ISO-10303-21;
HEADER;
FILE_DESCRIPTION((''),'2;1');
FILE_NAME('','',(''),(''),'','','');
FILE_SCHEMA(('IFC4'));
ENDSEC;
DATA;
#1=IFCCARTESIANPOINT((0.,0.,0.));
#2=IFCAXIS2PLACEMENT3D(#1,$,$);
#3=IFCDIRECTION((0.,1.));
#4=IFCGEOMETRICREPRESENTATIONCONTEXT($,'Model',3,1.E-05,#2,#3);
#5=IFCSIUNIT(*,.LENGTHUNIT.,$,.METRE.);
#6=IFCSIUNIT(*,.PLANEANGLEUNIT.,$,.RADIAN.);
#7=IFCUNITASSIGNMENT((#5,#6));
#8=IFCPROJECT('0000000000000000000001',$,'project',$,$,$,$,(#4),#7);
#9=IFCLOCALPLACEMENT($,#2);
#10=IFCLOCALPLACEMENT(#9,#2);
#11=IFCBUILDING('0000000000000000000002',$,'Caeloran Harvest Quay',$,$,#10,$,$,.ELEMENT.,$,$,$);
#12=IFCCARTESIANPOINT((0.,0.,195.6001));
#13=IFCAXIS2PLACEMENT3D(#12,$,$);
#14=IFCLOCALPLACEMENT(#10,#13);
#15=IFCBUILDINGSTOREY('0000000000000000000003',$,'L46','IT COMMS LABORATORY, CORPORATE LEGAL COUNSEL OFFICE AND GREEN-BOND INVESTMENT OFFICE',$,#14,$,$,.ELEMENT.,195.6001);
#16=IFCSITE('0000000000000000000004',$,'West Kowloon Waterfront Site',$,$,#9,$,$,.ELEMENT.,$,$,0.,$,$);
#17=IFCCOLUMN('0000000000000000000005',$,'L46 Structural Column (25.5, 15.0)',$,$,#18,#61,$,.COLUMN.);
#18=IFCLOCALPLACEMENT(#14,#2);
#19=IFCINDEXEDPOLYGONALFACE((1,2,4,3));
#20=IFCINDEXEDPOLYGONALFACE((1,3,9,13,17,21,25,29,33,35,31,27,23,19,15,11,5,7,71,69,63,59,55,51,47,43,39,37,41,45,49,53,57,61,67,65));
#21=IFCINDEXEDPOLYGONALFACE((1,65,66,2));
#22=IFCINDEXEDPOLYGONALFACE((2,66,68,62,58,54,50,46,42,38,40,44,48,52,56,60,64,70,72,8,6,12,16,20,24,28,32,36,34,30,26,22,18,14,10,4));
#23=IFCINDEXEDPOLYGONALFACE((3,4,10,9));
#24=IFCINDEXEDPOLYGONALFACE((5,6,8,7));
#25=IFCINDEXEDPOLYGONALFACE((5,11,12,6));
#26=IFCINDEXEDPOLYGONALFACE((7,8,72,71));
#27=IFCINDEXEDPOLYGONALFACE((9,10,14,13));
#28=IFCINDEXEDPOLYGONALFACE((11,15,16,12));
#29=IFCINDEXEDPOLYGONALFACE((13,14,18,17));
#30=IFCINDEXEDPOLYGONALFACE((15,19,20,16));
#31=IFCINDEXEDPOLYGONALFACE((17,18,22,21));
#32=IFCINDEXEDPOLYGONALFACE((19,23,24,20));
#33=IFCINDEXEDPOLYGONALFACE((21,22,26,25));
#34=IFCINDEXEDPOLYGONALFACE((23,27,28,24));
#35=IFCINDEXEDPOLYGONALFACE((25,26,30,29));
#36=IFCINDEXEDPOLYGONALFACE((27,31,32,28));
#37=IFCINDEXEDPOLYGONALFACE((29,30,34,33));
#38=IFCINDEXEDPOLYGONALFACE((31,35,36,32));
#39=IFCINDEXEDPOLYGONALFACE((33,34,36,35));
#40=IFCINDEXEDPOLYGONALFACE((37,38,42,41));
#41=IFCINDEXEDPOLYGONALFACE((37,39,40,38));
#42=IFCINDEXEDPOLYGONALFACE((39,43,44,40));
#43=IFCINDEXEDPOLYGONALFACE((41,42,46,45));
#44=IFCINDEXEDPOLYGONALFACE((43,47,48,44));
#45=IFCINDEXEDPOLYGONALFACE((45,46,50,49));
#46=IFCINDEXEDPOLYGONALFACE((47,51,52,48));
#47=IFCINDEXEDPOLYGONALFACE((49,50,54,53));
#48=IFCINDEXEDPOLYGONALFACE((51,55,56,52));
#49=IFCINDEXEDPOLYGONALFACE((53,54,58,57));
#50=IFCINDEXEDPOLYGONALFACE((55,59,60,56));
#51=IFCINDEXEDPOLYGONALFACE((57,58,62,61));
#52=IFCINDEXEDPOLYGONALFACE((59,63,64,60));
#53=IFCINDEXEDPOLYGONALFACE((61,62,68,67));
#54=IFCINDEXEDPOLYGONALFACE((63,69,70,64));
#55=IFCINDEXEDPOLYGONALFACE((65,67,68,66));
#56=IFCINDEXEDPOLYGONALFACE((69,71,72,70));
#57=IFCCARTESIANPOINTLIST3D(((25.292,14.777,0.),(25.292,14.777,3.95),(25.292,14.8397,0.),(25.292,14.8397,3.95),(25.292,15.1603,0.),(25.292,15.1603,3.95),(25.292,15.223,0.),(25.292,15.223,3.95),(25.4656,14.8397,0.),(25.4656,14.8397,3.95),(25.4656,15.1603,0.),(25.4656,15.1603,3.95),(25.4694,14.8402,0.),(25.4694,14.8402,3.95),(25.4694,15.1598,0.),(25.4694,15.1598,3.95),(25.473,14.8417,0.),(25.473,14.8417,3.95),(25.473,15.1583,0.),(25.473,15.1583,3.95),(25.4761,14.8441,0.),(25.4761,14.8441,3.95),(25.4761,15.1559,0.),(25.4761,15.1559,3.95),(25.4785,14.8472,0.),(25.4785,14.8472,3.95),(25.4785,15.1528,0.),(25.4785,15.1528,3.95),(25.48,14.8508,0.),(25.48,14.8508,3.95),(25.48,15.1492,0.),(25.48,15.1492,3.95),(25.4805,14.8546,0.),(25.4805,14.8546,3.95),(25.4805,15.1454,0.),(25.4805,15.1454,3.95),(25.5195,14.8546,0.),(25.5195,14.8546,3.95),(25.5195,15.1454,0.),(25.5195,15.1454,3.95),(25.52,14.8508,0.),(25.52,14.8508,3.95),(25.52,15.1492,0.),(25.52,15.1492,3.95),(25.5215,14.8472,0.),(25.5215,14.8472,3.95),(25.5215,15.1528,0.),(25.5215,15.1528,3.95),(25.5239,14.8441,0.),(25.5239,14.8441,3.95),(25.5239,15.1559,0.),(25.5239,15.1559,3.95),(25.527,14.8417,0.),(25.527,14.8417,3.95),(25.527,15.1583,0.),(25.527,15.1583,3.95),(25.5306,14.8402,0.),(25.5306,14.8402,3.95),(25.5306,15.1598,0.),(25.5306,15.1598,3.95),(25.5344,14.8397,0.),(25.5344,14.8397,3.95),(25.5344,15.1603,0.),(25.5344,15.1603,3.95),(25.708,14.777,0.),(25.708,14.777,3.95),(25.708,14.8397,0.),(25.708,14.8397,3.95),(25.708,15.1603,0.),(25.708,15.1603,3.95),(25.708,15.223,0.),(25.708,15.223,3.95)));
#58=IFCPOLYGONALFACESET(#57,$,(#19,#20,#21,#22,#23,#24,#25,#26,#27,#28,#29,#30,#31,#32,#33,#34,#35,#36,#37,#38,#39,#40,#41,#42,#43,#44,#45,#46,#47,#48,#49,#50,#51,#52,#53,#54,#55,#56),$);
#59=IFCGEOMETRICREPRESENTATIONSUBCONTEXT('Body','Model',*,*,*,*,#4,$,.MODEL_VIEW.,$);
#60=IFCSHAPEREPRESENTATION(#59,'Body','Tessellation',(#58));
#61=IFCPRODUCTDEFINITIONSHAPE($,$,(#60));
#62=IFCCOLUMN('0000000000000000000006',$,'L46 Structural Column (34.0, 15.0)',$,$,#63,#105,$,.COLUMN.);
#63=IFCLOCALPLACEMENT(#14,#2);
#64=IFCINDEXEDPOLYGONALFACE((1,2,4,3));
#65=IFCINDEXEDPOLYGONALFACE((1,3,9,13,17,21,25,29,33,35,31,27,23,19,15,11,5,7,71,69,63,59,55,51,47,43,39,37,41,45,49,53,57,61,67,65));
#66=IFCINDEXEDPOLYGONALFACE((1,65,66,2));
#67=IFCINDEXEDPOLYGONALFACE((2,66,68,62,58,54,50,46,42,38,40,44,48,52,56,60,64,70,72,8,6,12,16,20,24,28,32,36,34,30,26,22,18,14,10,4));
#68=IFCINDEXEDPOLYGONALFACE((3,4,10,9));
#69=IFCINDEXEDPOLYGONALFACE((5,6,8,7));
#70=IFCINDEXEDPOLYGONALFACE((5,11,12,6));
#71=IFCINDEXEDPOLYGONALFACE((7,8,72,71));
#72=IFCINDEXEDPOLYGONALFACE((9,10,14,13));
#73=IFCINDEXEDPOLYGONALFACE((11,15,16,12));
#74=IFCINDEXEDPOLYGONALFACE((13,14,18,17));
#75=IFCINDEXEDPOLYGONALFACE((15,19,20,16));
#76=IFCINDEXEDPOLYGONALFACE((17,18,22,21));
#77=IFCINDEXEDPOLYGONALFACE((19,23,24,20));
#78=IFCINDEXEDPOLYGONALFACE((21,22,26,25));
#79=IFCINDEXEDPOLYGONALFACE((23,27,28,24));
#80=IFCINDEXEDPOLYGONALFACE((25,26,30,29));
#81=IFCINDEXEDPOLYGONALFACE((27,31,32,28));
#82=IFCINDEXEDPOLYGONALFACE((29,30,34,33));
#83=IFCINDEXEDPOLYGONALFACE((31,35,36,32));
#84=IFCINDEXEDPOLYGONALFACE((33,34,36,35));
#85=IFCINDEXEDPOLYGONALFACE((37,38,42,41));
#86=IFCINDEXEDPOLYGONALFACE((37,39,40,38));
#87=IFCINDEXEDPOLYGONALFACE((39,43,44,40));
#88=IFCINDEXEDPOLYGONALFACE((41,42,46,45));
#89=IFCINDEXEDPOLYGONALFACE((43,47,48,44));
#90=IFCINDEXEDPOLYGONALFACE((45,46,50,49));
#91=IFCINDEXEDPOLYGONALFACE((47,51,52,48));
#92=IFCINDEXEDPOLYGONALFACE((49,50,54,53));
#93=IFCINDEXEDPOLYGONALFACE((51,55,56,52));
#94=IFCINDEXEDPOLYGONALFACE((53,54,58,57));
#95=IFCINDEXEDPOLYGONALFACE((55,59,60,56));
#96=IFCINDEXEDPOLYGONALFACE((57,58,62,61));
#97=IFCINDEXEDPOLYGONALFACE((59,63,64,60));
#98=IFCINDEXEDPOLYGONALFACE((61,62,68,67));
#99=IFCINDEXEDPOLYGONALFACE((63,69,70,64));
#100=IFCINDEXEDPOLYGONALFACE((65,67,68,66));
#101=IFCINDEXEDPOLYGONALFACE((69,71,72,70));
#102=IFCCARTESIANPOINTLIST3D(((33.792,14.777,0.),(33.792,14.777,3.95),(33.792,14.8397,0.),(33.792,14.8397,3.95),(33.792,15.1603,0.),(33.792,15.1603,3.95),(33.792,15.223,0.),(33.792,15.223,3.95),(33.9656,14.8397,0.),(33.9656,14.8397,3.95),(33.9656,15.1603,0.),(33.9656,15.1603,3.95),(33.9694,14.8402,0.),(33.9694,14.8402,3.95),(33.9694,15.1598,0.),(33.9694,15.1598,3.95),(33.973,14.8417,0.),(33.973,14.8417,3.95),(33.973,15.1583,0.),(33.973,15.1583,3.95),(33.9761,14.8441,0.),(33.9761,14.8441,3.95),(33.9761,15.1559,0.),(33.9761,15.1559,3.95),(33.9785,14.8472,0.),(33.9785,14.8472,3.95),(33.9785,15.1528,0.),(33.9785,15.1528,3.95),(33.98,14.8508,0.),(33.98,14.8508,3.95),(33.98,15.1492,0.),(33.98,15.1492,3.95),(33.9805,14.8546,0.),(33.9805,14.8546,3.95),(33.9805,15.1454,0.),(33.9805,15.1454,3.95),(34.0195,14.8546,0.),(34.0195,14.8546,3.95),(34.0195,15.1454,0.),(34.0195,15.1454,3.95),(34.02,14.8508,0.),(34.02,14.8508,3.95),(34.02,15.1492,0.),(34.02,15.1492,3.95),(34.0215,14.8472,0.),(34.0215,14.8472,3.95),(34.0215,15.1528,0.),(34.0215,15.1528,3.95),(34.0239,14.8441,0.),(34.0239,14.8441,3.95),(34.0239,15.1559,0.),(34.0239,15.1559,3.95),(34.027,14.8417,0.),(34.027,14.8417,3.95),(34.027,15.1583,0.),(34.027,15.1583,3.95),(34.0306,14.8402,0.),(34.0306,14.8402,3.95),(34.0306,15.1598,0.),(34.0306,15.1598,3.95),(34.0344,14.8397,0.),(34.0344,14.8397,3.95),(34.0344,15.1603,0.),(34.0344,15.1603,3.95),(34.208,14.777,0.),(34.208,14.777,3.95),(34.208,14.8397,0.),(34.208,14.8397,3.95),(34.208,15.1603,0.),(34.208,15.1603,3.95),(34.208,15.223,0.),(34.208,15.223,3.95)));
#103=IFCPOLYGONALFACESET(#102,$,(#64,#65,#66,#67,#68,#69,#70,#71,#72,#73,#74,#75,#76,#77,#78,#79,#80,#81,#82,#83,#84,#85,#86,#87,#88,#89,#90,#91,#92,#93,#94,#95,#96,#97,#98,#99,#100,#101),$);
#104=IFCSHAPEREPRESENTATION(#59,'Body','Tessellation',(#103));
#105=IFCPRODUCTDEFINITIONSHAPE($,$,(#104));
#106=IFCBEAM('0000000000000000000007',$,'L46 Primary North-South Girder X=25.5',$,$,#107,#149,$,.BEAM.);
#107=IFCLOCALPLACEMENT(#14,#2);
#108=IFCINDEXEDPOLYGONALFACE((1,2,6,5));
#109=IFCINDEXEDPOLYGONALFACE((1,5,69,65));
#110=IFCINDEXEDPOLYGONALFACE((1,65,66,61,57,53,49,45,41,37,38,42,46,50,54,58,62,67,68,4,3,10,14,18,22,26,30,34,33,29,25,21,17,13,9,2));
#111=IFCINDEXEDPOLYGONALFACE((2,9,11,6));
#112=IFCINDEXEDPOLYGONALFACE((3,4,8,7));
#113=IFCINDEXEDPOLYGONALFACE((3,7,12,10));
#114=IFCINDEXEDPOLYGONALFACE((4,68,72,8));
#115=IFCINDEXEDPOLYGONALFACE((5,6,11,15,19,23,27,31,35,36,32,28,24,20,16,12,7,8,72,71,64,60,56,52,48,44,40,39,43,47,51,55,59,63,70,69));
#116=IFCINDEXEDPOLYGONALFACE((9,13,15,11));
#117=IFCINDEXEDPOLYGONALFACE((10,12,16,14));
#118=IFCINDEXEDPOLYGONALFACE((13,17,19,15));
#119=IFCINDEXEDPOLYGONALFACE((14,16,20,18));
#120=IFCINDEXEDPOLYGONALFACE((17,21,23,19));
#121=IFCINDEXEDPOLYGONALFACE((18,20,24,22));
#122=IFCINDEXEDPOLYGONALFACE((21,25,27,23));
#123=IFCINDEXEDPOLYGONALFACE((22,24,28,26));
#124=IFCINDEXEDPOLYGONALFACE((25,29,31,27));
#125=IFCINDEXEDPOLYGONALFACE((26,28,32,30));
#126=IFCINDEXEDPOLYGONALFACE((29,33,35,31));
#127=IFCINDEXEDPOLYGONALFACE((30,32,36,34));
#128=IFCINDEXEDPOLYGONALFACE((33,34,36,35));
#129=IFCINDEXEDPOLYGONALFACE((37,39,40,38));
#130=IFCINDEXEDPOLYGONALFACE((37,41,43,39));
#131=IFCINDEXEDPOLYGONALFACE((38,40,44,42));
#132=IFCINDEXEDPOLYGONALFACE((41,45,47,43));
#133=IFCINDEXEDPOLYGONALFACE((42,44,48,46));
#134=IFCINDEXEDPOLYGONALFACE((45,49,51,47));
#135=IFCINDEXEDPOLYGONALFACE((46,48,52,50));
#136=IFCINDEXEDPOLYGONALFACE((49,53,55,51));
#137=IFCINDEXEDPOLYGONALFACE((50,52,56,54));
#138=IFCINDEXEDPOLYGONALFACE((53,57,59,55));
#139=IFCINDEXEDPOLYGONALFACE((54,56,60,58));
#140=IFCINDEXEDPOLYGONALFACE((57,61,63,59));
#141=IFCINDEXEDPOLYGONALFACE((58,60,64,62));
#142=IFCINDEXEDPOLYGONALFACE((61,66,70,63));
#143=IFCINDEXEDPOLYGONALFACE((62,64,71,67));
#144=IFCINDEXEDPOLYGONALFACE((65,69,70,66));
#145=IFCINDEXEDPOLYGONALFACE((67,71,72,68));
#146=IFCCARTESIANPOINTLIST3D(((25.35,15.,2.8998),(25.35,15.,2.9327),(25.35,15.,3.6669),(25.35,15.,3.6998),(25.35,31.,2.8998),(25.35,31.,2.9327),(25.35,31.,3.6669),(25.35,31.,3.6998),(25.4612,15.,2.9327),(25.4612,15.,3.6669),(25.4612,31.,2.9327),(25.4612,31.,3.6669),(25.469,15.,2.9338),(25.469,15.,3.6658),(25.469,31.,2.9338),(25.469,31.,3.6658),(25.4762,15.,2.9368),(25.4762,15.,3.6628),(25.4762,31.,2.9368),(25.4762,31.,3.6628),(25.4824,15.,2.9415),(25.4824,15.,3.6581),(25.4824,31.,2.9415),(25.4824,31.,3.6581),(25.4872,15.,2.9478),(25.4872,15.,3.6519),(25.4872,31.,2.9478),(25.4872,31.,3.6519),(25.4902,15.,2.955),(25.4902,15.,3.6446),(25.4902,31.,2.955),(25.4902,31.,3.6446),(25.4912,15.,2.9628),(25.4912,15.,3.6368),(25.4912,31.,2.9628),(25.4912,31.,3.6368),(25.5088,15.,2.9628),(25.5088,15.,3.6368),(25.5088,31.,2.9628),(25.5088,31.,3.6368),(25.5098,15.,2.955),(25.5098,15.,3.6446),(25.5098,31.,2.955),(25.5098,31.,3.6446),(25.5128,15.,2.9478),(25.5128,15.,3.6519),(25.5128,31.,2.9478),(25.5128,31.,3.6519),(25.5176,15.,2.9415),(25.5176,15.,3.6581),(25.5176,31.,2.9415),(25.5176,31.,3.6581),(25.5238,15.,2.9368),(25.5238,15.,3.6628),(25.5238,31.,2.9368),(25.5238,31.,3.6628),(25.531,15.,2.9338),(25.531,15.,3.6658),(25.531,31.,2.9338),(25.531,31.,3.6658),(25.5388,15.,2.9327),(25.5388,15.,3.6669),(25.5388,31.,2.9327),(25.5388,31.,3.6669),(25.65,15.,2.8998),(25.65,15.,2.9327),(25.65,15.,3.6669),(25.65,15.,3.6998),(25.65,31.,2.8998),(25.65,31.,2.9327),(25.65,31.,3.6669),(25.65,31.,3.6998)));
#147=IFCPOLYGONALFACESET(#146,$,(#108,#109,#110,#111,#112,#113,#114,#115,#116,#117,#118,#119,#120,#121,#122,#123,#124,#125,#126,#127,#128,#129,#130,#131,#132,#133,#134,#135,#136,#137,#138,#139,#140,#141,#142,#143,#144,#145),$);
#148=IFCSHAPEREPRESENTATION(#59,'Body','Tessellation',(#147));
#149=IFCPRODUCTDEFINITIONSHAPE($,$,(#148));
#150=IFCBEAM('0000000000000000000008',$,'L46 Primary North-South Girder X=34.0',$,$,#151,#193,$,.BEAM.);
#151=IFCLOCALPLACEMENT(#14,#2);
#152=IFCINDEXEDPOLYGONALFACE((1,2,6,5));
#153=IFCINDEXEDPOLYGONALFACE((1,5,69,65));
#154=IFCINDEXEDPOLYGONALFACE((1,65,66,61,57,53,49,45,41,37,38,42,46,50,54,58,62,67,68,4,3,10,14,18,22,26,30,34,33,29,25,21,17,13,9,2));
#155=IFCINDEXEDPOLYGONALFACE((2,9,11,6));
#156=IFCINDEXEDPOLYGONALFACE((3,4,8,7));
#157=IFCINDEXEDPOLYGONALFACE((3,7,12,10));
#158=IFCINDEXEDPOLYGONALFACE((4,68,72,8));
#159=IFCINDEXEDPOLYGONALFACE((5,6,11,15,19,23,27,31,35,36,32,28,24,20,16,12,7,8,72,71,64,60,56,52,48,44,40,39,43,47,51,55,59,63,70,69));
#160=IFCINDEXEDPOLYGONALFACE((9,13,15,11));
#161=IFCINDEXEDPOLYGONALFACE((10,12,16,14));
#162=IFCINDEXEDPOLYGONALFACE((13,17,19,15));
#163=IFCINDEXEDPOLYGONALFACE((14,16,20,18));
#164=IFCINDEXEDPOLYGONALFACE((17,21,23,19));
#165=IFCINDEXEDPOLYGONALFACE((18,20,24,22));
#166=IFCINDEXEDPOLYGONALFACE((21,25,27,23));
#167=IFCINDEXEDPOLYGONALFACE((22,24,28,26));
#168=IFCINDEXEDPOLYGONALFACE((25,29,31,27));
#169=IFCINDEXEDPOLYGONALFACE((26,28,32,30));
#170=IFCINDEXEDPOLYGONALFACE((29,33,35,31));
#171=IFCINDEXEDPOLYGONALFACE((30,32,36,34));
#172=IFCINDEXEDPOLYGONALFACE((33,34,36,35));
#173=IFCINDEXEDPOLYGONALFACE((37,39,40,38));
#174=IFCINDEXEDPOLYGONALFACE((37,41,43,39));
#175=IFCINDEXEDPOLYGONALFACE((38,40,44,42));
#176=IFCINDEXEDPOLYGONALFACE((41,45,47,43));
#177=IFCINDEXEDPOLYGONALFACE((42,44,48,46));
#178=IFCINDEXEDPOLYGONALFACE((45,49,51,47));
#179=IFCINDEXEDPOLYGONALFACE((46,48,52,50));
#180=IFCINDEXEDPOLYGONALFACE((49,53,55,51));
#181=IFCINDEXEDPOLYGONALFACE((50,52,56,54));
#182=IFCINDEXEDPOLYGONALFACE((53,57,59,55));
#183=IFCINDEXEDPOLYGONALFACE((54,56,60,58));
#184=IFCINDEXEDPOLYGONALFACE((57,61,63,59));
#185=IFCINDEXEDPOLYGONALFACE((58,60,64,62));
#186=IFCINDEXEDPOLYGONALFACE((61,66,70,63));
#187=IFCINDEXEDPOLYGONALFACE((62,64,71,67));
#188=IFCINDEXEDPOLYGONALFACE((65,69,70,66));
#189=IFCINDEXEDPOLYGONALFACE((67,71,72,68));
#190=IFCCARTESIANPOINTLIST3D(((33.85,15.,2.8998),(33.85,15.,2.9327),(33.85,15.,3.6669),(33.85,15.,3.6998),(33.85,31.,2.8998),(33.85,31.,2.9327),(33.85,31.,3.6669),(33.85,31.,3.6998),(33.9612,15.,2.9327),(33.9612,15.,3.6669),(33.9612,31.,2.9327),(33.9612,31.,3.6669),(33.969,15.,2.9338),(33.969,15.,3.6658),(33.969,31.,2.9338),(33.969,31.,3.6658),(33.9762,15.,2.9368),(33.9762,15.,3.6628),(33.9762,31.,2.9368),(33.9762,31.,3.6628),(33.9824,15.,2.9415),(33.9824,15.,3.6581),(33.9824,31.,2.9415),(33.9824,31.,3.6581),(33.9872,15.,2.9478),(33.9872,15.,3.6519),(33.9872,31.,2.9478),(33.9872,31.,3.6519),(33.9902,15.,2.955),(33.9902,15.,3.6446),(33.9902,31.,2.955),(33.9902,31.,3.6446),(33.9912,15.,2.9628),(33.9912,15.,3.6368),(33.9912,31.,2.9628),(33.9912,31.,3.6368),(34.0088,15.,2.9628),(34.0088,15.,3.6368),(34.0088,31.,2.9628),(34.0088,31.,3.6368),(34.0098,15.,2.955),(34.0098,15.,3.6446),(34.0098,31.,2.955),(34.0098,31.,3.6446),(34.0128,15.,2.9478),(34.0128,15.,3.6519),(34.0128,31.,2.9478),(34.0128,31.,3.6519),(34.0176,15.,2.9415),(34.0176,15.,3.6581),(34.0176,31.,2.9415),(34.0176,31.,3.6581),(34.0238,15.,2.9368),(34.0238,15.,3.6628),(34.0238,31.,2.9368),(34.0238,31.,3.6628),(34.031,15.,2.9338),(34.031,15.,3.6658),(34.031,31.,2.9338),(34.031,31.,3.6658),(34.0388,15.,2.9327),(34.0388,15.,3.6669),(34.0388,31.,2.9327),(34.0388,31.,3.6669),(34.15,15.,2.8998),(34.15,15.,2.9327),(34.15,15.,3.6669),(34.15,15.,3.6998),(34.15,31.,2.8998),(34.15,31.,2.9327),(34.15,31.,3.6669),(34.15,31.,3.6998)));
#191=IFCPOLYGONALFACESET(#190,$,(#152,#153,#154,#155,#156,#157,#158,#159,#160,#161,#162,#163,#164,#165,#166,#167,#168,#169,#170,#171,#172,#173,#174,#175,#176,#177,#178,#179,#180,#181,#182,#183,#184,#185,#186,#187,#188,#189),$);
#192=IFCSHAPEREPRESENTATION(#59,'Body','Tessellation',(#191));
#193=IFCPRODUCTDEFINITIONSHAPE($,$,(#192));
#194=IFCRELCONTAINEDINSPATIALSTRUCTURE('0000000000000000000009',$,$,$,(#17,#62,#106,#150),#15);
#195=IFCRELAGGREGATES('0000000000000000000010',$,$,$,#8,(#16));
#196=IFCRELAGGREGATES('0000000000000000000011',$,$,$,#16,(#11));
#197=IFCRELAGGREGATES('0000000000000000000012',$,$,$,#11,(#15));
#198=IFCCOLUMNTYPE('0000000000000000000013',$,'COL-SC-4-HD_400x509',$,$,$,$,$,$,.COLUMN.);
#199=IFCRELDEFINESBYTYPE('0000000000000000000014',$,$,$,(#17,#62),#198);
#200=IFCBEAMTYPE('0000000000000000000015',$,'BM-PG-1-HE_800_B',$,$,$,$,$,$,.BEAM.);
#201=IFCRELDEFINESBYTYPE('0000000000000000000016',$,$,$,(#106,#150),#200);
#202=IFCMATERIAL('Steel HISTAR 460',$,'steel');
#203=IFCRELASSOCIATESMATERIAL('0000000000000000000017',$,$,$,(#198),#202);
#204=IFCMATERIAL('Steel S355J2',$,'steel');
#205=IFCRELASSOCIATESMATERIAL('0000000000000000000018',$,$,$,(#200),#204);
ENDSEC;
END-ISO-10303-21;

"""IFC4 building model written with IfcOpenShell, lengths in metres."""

from ifc_helpers import new_model, si_unit, direction, frame, origin, origin_2d, place, context, subcontext, project, spatial, i_section, extrude, material, material_profile, profile_set, type_object, element, save


model = new_model("IFC4")

# Units and contexts
model_context = context("Model", 3, precision=1e-05, world=origin(), true_north=direction((0.0, 1.0)))
body_context = subcontext(model_context, "Body", "Model", "MODEL_VIEW")
ifc_project = project(units=[si_unit("LENGTHUNIT", "METRE"), si_unit("PLANEANGLEUNIT", "RADIAN")], contexts=[model_context])

# Site, building, storey
site_placement = place(None, origin())
site = spatial("IfcSite", under=ifc_project, at=site_placement, Name="West Kowloon Waterfront Site", CompositionType="ELEMENT", RefElevation=0.0)
building_placement = place(site_placement, origin())
building = spatial("IfcBuilding", under=site, at=building_placement, Name="Caeloran Harvest Quay", CompositionType="ELEMENT")
storey_placement = place(building_placement, frame((0.0, 0.0, 195.6001)))
storey = spatial("IfcBuildingStorey", under=building, at=storey_placement, Name="L46", Description="IT COMMS LABORATORY, CORPORATE LEGAL COUNSEL OFFICE AND GREEN-BOND INVESTMENT OFFICE", CompositionType="ELEMENT", Elevation=195.6001)

# Columns
ifc_material_1 = material(Name="Steel HISTAR 460", Category="steel")
ifc_material_profile_1 = material_profile(ifc_material_1, i_section(OverallWidth=0.416, OverallDepth=0.446, WebThickness=0.0391, FlangeThickness=0.0627, FilletRadius=0.0149, at=origin_2d()), Name="HD 400x509")
ifc_profile_set_1 = profile_set([ifc_material_profile_1], Name="Steel HISTAR 460")
column_type = type_object("IfcColumnType", Name="COL-SC-4-HD_400x509", PredefinedType="COLUMN", material=ifc_profile_set_1)
for number, where, z_axis, x_axis, name in (
    (1, (25.5, 15.0, 0.0), (0.0, 0.0, 1.0), (1.0, 0.0, 0.0), "L46 Structural Column (25.5, 15.0)"),
    (2, (34.0, 15.0, 0.0), (0.0, 0.0, 1.0), (1.0, 0.0, 0.0), "L46 Structural Column (34.0, 15.0)"),
):
    element("IfcColumn", number, at=place(storey_placement, frame(where, z_axis=z_axis, x_axis=x_axis)), inside=storey, type_object=column_type, Name=name, PredefinedType="COLUMN", context=body_context, shape_type="SweptSolid", body=[
        extrude(i_section(OverallWidth=0.416, OverallDepth=0.446, WebThickness=0.0391, FlangeThickness=0.0627, FilletRadius=0.0149, at=origin_2d()), origin(), (0.0, 0.0, 1.0), 3.95),
    ])

# Beams
ifc_material_2 = material(Name="Steel S355J2", Category="steel")
ifc_material_profile_2 = material_profile(ifc_material_2, i_section(OverallWidth=0.3, OverallDepth=0.8, WebThickness=0.0176, FlangeThickness=0.033, FilletRadius=0.03, at=origin_2d()), Name="HE 800 B")
ifc_profile_set_2 = profile_set([ifc_material_profile_2], Name="Steel S355J2")
beam_type_1 = type_object("IfcBeamType", Name="BM-PG-1-HE_800_B", PredefinedType="BEAM", material=ifc_profile_set_2)
for number, where, z_axis, x_axis, name in (
    (3, (25.5, 15.0, 3.2998), (0.0, 1.0, 0.0), (-1.0, 0.0, 0.0), "L46 Primary North-South Girder X=25.5"),
    (4, (34.0, 15.0, 3.2998), (0.0, 1.0, 0.0), (-1.0, 0.0, 0.0), "L46 Primary North-South Girder X=34.0"),
):
    element("IfcBeam", number, at=place(storey_placement, frame(where, z_axis=z_axis, x_axis=x_axis)), inside=storey, type_object=beam_type_1, Name=name, PredefinedType="BEAM", context=body_context, shape_type="SweptSolid", body=[
        extrude(i_section(OverallWidth=0.3, OverallDepth=0.8, WebThickness=0.0176, FlangeThickness=0.033, FilletRadius=0.03, at=origin_2d()), origin(), (0.0, 0.0, 1.0), 16.0),
    ])

save(model, "model.ifc")
